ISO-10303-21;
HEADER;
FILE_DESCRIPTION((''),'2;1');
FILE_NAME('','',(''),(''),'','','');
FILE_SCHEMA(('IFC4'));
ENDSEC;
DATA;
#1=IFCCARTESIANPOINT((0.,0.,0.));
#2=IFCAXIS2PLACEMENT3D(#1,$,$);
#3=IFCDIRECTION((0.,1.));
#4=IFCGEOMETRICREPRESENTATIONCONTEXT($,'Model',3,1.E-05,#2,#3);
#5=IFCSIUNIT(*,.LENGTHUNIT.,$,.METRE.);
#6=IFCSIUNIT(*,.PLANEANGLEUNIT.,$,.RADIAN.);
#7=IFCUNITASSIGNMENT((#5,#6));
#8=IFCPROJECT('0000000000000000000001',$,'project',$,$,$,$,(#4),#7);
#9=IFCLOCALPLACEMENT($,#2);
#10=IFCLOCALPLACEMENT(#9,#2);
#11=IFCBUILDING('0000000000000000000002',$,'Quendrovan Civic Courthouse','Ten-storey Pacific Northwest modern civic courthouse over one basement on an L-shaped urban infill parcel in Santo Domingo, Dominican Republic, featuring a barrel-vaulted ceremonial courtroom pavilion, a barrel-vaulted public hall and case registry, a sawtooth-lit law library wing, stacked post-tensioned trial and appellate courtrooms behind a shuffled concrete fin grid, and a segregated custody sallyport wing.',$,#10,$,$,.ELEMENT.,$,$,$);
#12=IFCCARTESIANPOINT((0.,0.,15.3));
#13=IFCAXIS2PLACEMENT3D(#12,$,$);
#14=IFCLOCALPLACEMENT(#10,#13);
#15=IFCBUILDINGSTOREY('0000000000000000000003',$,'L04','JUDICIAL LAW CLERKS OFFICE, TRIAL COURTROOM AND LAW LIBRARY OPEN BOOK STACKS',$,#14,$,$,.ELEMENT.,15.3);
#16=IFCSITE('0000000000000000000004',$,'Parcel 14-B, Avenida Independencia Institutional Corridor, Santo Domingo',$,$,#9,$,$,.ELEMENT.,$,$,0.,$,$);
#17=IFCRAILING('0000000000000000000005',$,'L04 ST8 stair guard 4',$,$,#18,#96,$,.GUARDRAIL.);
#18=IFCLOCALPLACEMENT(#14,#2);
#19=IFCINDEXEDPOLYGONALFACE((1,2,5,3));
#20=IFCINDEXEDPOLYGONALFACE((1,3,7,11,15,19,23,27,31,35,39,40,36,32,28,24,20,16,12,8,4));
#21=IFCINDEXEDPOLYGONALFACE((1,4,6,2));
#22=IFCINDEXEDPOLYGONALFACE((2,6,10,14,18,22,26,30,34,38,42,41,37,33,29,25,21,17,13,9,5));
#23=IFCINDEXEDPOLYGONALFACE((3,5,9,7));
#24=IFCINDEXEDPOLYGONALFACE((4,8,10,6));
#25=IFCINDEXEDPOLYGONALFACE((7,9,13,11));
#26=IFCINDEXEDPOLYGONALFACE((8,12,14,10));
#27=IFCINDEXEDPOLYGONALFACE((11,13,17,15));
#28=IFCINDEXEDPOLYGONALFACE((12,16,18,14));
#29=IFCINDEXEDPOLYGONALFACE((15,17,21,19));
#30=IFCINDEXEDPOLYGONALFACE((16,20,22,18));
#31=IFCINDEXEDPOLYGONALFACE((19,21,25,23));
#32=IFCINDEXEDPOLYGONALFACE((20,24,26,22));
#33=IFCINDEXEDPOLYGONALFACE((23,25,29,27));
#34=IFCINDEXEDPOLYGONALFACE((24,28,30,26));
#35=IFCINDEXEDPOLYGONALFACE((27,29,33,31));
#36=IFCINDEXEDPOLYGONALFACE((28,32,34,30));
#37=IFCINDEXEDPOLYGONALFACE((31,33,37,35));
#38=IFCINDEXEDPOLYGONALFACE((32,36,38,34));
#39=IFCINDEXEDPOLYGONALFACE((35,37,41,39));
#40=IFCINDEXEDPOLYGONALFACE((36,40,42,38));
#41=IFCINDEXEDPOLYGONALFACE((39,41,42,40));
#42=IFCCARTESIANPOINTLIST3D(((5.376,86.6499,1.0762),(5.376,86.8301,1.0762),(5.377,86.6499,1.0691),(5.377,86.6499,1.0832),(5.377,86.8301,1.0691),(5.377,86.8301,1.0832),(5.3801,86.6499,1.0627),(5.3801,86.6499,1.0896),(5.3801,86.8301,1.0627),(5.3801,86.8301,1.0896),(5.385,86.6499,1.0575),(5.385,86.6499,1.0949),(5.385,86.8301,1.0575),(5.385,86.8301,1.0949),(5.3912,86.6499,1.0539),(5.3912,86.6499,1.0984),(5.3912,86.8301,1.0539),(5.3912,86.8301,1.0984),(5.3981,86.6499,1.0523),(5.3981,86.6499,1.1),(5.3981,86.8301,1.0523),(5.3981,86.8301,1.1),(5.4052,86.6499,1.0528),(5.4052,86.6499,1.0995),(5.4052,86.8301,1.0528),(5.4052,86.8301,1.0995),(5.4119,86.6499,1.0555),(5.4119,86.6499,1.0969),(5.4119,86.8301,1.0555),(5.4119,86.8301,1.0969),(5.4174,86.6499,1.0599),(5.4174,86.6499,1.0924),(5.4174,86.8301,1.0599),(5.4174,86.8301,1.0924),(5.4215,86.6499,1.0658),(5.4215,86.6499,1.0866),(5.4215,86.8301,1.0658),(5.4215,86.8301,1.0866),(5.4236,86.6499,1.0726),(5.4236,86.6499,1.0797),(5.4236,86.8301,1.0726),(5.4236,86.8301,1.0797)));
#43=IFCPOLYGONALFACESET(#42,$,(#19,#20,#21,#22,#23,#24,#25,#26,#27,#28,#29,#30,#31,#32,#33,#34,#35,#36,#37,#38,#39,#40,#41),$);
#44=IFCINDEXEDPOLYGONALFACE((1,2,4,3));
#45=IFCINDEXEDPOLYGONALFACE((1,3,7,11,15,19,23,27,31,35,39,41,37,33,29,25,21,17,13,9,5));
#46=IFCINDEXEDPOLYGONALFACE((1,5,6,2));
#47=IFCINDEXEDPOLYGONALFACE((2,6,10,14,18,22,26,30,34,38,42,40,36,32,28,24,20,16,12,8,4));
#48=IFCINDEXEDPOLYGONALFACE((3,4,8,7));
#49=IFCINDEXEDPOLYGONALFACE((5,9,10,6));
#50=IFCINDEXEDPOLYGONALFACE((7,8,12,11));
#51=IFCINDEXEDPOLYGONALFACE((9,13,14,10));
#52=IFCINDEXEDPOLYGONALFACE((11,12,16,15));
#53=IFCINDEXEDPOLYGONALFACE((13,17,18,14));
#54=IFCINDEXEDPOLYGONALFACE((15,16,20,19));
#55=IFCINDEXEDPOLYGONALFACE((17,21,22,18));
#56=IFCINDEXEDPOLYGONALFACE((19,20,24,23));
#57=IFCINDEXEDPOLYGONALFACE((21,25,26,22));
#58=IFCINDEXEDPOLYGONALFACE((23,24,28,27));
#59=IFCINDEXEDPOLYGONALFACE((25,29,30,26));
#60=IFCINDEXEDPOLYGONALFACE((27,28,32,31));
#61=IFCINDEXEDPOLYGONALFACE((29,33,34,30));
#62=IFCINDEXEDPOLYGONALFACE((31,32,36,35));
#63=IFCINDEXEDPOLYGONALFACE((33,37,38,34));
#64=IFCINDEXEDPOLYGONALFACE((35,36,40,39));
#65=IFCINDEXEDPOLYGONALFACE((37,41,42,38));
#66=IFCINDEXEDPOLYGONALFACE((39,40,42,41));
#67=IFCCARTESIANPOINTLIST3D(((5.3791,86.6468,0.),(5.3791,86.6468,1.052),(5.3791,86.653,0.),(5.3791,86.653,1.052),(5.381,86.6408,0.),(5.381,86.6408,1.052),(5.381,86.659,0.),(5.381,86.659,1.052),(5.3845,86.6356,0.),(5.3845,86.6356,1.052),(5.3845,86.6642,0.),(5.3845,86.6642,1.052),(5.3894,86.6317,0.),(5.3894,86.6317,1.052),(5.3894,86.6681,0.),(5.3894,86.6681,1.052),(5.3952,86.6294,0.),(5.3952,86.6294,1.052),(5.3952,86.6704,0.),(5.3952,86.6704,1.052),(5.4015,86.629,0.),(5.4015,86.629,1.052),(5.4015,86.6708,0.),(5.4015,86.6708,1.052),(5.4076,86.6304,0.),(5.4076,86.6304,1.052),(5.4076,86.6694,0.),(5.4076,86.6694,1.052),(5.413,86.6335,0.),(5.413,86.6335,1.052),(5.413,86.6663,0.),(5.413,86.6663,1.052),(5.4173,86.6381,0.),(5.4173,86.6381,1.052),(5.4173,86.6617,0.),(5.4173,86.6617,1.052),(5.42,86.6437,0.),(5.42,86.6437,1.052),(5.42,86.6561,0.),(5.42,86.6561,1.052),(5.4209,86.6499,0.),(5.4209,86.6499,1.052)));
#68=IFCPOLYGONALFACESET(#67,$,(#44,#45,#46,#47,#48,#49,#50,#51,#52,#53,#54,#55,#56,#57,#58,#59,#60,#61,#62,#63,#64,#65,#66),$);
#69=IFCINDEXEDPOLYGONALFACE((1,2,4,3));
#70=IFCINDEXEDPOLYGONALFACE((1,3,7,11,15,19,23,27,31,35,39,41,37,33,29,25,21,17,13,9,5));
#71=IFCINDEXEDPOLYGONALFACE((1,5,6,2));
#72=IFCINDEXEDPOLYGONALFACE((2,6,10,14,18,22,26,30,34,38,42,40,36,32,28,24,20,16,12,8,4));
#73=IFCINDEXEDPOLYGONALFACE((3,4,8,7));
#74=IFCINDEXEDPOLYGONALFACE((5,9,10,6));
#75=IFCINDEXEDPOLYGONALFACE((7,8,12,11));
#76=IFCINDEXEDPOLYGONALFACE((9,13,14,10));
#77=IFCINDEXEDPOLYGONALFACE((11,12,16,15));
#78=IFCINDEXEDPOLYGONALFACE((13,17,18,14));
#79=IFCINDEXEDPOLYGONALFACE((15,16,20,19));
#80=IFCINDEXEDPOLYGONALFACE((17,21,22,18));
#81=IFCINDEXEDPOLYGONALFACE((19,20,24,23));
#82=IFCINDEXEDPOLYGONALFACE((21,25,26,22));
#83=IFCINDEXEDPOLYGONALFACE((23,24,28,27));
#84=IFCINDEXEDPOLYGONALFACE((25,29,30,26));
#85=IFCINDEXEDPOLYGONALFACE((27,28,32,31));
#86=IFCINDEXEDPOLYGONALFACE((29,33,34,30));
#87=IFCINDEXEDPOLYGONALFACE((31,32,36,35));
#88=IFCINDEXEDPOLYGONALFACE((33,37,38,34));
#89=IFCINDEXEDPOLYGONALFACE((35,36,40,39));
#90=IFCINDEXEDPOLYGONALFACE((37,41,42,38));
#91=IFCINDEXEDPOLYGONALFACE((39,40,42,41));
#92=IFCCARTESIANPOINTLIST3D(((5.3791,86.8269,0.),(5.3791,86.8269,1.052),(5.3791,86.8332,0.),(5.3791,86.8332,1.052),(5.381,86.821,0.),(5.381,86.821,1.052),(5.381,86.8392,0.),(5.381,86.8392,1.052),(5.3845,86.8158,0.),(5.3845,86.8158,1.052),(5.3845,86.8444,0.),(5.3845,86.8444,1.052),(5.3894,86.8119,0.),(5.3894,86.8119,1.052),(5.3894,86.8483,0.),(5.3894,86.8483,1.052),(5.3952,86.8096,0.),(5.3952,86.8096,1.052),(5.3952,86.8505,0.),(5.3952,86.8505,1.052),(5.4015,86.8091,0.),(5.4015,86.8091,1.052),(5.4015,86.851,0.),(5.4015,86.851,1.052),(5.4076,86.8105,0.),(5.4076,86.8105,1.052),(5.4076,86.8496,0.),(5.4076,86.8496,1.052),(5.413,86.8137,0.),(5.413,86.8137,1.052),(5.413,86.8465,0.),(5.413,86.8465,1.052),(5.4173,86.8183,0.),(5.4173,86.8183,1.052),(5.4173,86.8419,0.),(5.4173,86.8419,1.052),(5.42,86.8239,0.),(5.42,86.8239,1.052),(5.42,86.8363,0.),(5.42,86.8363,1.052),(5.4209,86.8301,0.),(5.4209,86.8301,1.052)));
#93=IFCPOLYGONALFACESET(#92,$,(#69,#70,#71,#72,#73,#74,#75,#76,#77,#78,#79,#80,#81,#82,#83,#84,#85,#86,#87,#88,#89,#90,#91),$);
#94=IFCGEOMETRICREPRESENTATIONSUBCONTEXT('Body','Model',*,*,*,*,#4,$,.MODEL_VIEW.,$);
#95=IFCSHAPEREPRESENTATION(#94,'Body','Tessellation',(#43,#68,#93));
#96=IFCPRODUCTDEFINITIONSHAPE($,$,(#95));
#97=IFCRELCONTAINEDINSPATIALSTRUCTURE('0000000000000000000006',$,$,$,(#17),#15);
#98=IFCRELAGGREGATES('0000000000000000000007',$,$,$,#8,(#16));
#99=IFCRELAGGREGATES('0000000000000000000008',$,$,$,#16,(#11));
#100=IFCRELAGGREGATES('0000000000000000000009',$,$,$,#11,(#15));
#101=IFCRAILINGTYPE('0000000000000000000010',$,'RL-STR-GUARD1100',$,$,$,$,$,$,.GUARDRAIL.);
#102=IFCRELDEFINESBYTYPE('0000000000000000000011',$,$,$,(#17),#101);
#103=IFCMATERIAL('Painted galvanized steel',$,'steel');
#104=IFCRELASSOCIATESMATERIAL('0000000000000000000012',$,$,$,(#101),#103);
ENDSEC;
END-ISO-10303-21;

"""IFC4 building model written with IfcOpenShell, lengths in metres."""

from ifc_helpers import new_model, si_unit, direction, frame, origin, origin_2d, place, context, subcontext, project, spatial, circle, extrude, material, type_object, element, save


model = new_model("IFC4")

# Units and contexts
model_context = context("Model", 3, precision=1e-05, world=origin(), true_north=direction((0.0, 1.0)))
body_context = subcontext(model_context, "Body", "Model", "MODEL_VIEW")
ifc_project = project(units=[si_unit("LENGTHUNIT", "METRE"), si_unit("PLANEANGLEUNIT", "RADIAN")], contexts=[model_context])

# Site, building, storey
site_placement = place(None, origin())
site = spatial("IfcSite", under=ifc_project, at=site_placement, Name="Parcel 14-B, Avenida Independencia Institutional Corridor, Santo Domingo", CompositionType="ELEMENT", RefElevation=0.0)
building_placement = place(site_placement, origin())
building = spatial("IfcBuilding", under=site, at=building_placement, Name="Quendrovan Civic Courthouse", Description="Ten-storey Pacific Northwest modern civic courthouse over one basement on an L-shaped urban infill parcel in Santo Domingo, Dominican Republic, featuring a barrel-vaulted ceremonial courtroom pavilion, a barrel-vaulted public hall and case registry, a sawtooth-lit law library wing, stacked post-tensioned trial and appellate courtrooms behind a shuffled concrete fin grid, and a segregated custody sallyport wing.", CompositionType="ELEMENT")
storey_placement = place(building_placement, frame((0.0, 0.0, 15.3)))
storey = spatial("IfcBuildingStorey", under=building, at=storey_placement, Name="L04", Description="JUDICIAL LAW CLERKS OFFICE, TRIAL COURTROOM AND LAW LIBRARY OPEN BOOK STACKS", CompositionType="ELEMENT", Elevation=15.3)

# Railing
ifc_material_1 = material(Name="Painted galvanized steel", Category="steel")
railing_type_1 = type_object("IfcRailingType", Name="RL-STR-GUARD1100", PredefinedType="GUARDRAIL", material=ifc_material_1)
railing_1_placement = place(storey_placement, frame((5.3999, 86.6499, 0.0)))
element("IfcRailing", 1, at=railing_1_placement, inside=storey, type_object=railing_type_1, Name="L04 ST8 stair guard 4", PredefinedType="GUARDRAIL", context=body_context, shape_type="SweptSolid", body=[
    extrude(circle(Radius=0.0239, at=origin_2d()), frame((0.0, 0.0, 1.0762), z_axis=(0.0, 1.0, 0.0), x_axis=(-1.0, 0.0, 0.0)), (0.0, 0.0, 1.0), 0.1802),
    extrude(circle(Radius=0.021, at=origin_2d()), origin(), (0.0, 0.0, 1.0), 1.052),
    extrude(circle(Radius=0.021, at=origin_2d()), frame((0.0, 0.1802, 0.0)), (0.0, 0.0, 1.0), 1.052),
])

save(model, "model.ifc")
